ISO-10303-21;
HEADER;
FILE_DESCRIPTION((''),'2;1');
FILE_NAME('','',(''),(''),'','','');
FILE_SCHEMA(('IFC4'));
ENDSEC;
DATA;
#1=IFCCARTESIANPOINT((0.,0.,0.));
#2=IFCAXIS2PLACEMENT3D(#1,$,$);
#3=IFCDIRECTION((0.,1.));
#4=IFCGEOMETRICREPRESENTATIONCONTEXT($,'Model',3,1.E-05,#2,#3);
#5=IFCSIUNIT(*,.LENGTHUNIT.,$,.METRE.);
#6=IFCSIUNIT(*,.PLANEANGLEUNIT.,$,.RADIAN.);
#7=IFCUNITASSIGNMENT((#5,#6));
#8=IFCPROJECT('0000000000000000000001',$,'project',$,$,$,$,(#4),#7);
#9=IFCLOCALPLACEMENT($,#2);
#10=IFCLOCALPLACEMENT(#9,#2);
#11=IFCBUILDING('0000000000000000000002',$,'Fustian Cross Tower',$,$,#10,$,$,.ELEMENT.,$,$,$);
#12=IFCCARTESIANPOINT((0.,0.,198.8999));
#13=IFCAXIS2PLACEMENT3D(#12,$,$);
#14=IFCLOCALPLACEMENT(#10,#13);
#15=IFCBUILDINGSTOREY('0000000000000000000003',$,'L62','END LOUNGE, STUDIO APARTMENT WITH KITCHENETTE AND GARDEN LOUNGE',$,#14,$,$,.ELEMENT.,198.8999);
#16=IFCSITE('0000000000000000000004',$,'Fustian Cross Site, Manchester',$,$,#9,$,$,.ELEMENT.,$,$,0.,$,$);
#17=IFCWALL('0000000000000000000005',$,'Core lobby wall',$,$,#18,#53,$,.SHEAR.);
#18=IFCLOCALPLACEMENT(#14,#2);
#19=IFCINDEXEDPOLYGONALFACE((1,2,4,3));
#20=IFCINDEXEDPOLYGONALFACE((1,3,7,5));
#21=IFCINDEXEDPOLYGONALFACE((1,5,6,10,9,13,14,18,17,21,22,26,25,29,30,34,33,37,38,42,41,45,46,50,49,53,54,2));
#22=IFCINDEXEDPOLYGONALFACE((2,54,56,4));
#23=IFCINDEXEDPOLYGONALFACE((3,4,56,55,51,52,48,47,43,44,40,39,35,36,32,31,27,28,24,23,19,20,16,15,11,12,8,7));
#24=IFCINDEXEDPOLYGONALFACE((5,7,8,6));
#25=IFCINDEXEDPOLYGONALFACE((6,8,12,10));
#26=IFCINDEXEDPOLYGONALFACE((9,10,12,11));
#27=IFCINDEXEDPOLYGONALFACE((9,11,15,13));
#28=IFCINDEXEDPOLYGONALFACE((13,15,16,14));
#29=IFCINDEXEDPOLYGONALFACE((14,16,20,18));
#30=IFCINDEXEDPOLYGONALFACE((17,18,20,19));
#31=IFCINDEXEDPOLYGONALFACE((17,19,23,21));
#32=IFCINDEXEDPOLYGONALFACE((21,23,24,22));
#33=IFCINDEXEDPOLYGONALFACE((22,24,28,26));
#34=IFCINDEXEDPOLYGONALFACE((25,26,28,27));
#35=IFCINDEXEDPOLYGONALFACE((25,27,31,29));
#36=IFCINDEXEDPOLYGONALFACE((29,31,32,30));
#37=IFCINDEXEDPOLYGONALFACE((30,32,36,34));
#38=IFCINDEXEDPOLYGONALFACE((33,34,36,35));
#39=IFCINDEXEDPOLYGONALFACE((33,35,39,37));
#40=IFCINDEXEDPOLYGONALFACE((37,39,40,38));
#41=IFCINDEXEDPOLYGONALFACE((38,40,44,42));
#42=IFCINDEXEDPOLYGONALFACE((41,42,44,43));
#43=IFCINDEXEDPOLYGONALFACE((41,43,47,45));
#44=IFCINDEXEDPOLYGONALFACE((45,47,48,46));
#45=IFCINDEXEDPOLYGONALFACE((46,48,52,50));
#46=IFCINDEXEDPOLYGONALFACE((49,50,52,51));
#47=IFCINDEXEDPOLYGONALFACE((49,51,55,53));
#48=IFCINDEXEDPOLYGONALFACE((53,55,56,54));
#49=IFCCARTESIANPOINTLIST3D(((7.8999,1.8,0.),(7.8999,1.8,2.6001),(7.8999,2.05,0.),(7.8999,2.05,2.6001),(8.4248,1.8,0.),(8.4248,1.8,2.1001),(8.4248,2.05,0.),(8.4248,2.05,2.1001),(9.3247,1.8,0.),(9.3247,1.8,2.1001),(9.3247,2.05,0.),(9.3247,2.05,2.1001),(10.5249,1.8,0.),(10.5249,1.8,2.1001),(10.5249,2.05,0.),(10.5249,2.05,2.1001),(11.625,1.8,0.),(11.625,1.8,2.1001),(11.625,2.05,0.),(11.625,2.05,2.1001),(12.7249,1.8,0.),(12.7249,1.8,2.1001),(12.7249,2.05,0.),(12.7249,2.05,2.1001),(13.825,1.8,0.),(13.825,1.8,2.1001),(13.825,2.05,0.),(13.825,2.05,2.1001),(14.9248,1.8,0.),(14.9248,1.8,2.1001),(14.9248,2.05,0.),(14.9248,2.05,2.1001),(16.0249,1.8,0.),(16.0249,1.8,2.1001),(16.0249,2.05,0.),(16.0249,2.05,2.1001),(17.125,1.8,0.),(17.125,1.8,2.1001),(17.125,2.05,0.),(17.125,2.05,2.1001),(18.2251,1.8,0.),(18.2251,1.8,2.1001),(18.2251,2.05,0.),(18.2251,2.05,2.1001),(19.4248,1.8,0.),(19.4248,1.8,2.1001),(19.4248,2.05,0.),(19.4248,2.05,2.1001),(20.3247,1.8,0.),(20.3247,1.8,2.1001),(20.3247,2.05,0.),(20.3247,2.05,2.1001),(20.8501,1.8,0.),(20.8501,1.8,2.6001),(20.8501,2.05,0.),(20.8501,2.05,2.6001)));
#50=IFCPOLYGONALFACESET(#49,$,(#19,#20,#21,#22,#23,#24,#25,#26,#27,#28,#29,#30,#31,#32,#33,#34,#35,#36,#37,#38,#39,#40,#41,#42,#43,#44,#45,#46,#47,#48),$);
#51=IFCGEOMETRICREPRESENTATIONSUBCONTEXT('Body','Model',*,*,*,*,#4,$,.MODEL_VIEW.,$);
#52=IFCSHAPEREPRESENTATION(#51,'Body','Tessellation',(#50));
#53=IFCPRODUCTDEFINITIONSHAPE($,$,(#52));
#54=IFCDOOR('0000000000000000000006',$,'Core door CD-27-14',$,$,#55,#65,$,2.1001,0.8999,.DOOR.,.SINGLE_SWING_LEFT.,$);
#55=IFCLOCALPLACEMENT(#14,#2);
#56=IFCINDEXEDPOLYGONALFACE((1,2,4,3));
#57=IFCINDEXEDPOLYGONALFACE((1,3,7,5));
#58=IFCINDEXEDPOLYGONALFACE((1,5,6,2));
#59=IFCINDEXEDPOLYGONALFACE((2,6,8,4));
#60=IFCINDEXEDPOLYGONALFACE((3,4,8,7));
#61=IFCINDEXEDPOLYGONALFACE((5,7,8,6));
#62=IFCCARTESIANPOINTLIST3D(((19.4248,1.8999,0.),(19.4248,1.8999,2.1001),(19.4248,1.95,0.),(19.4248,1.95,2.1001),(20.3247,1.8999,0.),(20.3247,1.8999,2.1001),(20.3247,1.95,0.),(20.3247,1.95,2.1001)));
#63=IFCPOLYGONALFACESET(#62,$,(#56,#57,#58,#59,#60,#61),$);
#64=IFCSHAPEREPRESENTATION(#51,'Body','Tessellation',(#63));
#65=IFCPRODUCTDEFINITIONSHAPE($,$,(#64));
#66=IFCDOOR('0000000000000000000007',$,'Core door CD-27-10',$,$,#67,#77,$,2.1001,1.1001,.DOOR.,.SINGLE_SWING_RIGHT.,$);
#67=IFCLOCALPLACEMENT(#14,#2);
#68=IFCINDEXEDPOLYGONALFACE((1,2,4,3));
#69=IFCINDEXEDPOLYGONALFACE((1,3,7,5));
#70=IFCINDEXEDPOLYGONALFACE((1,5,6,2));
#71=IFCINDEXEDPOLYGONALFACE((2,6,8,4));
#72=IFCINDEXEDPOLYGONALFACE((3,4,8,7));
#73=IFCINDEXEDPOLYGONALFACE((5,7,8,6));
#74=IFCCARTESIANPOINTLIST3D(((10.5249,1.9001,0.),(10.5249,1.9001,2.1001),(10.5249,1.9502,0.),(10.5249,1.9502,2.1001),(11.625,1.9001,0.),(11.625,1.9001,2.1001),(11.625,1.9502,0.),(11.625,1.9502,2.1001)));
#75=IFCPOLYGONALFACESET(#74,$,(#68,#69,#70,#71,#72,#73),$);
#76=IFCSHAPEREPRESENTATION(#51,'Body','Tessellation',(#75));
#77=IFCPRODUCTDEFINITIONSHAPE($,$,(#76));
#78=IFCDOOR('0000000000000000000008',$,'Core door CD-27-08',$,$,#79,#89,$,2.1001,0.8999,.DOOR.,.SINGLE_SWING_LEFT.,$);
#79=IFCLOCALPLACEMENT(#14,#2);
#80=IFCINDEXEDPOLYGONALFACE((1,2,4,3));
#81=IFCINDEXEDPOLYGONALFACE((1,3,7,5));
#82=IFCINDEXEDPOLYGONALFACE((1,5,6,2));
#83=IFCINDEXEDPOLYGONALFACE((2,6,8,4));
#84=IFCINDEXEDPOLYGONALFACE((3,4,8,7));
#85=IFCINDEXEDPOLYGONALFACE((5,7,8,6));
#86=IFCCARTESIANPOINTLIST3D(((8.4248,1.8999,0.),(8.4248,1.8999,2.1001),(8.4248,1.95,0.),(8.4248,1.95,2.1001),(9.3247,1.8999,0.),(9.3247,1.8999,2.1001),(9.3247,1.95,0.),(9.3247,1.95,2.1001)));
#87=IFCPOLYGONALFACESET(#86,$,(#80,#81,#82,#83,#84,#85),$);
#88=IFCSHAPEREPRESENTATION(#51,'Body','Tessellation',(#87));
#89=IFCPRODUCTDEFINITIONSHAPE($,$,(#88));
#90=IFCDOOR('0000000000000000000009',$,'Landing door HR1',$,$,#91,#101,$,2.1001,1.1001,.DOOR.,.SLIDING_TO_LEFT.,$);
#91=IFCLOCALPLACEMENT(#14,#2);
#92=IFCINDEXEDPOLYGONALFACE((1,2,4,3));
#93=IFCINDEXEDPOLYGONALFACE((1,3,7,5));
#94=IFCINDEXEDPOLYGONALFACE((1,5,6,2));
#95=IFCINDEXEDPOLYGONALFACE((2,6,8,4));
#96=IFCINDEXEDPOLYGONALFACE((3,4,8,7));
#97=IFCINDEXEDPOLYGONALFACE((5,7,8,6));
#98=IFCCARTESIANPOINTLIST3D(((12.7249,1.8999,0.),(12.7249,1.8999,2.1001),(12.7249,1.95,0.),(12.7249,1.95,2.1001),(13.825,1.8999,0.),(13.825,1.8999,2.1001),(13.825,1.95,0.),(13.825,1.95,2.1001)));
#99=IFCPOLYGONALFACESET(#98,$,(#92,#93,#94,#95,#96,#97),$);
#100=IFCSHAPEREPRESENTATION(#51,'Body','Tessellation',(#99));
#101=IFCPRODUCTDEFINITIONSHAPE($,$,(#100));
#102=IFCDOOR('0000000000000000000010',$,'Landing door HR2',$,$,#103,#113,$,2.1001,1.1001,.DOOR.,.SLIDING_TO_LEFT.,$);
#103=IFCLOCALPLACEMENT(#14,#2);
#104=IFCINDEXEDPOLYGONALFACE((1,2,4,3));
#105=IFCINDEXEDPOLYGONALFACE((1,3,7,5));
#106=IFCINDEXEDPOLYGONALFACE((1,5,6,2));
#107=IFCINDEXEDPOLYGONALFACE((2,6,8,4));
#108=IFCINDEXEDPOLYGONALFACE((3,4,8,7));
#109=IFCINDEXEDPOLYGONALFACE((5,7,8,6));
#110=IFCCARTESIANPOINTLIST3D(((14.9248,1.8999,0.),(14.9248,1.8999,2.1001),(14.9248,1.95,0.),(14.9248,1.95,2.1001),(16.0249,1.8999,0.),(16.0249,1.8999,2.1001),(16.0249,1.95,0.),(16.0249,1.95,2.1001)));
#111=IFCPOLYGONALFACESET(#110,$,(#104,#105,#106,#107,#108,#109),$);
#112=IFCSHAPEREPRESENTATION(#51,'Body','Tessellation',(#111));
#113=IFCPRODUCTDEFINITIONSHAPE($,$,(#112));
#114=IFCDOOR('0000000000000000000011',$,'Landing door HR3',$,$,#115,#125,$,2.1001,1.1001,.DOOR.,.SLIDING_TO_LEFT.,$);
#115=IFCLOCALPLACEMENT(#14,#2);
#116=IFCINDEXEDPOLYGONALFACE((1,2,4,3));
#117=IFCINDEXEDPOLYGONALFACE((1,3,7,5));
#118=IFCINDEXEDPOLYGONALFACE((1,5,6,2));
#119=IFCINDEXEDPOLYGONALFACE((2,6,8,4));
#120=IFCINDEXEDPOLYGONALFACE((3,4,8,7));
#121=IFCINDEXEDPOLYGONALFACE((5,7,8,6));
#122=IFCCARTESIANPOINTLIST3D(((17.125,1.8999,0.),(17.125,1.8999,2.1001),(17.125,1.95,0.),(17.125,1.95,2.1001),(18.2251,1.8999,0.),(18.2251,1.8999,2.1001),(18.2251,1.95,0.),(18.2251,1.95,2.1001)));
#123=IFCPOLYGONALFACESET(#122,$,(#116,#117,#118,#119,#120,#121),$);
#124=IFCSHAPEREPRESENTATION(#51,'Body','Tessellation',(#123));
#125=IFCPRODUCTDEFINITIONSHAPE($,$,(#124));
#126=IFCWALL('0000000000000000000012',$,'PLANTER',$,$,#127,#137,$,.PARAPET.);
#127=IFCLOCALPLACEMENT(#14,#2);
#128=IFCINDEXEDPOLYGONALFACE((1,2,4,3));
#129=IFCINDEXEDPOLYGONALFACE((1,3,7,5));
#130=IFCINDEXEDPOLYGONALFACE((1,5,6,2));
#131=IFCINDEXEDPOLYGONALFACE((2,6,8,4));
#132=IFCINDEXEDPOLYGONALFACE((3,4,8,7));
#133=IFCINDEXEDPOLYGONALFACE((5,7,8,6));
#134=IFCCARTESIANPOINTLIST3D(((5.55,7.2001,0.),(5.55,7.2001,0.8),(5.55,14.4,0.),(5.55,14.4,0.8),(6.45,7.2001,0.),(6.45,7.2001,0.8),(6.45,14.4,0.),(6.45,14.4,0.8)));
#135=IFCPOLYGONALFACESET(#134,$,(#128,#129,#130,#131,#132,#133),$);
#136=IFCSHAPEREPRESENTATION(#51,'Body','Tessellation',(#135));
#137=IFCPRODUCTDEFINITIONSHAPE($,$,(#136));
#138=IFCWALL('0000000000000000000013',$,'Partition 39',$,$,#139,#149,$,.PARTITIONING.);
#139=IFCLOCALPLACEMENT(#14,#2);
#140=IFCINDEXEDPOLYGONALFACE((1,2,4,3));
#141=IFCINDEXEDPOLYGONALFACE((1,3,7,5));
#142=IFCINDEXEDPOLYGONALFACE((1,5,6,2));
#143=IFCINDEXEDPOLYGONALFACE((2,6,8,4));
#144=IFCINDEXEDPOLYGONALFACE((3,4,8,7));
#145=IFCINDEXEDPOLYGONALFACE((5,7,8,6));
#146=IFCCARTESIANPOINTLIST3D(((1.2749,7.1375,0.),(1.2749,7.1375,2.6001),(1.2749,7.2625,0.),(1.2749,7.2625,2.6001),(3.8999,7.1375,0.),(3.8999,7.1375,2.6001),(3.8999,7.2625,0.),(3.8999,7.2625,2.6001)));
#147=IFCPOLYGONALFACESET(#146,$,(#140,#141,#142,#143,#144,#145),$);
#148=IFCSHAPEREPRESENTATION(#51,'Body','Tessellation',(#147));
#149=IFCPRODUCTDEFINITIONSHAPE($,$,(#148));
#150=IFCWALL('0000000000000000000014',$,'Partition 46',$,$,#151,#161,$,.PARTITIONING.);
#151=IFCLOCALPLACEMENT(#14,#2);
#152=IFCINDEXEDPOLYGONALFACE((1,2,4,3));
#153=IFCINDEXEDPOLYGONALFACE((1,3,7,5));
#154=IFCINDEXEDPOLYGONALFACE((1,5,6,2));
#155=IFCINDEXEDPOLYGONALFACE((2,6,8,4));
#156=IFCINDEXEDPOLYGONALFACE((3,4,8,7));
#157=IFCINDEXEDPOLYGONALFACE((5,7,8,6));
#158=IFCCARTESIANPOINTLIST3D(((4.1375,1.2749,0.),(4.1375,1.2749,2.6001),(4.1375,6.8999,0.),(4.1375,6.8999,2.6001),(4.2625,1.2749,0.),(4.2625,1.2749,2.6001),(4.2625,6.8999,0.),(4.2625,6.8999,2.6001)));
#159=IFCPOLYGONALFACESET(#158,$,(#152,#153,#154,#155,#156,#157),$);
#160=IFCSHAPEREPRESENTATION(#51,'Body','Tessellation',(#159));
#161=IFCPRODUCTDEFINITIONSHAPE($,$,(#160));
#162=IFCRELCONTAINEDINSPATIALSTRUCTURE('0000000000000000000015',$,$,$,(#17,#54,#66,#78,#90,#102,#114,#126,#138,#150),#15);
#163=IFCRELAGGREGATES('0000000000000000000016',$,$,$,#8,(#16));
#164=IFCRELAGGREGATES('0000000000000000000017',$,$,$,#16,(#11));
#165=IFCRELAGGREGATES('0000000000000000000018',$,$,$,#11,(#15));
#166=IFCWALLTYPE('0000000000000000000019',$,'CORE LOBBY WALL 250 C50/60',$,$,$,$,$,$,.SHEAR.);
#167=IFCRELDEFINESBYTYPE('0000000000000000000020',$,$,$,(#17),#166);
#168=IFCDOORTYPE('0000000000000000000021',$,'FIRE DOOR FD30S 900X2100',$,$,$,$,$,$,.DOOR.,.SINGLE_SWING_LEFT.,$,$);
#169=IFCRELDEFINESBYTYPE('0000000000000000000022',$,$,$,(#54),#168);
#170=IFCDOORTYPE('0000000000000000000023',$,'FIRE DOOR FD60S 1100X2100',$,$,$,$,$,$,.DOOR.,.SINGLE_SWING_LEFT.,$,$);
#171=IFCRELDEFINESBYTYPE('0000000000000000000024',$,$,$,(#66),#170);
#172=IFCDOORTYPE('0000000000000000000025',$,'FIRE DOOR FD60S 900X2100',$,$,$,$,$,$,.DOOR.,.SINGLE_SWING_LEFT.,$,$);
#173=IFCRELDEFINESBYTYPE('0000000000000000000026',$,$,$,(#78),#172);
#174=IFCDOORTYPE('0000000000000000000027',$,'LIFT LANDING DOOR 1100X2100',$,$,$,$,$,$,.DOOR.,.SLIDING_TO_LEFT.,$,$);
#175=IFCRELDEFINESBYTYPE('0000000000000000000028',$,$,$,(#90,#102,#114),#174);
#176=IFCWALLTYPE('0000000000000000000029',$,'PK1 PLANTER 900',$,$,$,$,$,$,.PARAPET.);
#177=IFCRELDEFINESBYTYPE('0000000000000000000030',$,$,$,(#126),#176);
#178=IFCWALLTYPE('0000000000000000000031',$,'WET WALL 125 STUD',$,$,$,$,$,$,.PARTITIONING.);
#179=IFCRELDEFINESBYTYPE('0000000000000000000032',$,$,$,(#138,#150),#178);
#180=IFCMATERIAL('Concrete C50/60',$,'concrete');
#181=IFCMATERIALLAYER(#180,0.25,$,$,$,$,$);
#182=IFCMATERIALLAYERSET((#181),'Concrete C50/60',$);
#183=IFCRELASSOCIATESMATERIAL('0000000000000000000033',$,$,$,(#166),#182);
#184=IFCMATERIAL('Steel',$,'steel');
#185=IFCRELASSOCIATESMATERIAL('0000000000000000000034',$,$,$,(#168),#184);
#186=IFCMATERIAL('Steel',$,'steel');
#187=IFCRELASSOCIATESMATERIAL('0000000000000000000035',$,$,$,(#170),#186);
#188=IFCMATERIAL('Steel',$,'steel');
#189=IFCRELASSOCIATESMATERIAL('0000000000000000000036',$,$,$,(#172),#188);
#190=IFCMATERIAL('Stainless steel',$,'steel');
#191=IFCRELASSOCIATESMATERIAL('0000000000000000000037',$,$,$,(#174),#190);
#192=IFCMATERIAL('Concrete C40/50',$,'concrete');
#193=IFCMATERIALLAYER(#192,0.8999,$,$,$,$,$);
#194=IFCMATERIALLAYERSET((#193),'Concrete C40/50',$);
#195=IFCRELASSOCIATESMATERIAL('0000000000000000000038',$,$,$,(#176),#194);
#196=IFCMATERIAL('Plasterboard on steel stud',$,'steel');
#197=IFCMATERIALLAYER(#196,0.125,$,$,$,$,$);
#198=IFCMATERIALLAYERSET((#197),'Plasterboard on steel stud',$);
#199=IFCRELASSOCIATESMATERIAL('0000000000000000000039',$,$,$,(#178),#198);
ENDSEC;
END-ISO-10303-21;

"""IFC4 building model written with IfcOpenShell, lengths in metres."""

from ifc_helpers import new_model, si_unit, direction, frame, frame_2d, origin, place, context, subcontext, project, spatial, rectangle, extrude, material, layer, layer_set, type_object, element, fill, save


model = new_model("IFC4")

# Units and contexts
model_context = context("Model", 3, precision=1e-05, world=origin(), true_north=direction((0.0, 1.0)))
body_context = subcontext(model_context, "Body", "Model", "MODEL_VIEW")
ifc_project = project(units=[si_unit("LENGTHUNIT", "METRE"), si_unit("PLANEANGLEUNIT", "RADIAN")], contexts=[model_context])

# Site, building, storey
site_placement = place(None, origin())
site = spatial("IfcSite", under=ifc_project, at=site_placement, Name="Fustian Cross Site, Manchester", CompositionType="ELEMENT", RefElevation=0.0)
building_placement = place(site_placement, origin())
building = spatial("IfcBuilding", under=site, at=building_placement, Name="Fustian Cross Tower", CompositionType="ELEMENT")
storey_placement = place(building_placement, frame((0.0, 0.0, 198.8999)))
storey = spatial("IfcBuildingStorey", under=building, at=storey_placement, Name="L62", Description="END LOUNGE, STUDIO APARTMENT WITH KITCHENETTE AND GARDEN LOUNGE", CompositionType="ELEMENT", Elevation=198.8999)

# Wall, openings, doors
ifc_material_1 = material(Name="Concrete C50/60", Category="concrete")
ifc_layer_1 = layer(ifc_material_1, 0.25)
ifc_layer_set_1 = layer_set([ifc_layer_1], Name="Concrete C50/60")
wall_type_1 = type_object("IfcWallType", Name="CORE LOBBY WALL 250 C50/60", PredefinedType="SHEAR", material=ifc_layer_set_1)
wall_1_placement = place(storey_placement, frame((7.8999, 1.925, 0.0), z_axis=(0.0, 0.0, 1.0), x_axis=(1.0, 0.0, 0.0)))
wall_1 = element("IfcWall", 1, at=wall_1_placement, inside=storey, type_object=wall_type_1, Name="Core lobby wall", PredefinedType="SHEAR", context=body_context, shape_type="SweptSolid", body=[
    extrude(rectangle(XDim=12.9502, YDim=0.25, at=frame_2d((6.4751, 0.0))), origin(), (0.0, 0.0, 1.0), 2.6001),
])
opening_1_placement = place(wall_1_placement, frame((4.825, 0.0, 0.0)))
opening_1 = element("IfcOpeningElement", 2, at=opening_1_placement, cuts=wall_1, PredefinedType="OPENING", context=body_context, shape_type="SweptSolid", body=[
    extrude(rectangle(XDim=1.1001, YDim=2.1001, at=frame_2d((0.55, 1.05))), frame((0.0, 0.135, 0.0), z_axis=(0.0, -1.0, 0.0), x_axis=(1.0, 0.0, 0.0)), (0.0, 0.0, 1.0), 0.27),
])
opening_2_placement = place(wall_1_placement, frame((7.0249, 0.0, 0.0)))
opening_2 = element("IfcOpeningElement", 3, at=opening_2_placement, cuts=wall_1, PredefinedType="OPENING", context=body_context, shape_type="SweptSolid", body=[
    extrude(rectangle(XDim=1.1001, YDim=2.1001, at=frame_2d((0.55, 1.05))), frame((0.0, 0.135, 0.0), z_axis=(0.0, -1.0, 0.0), x_axis=(1.0, 0.0, 0.0)), (0.0, 0.0, 1.0), 0.27),
])
opening_3_placement = place(wall_1_placement, frame((9.2251, 0.0, 0.0)))
opening_3 = element("IfcOpeningElement", 4, at=opening_3_placement, cuts=wall_1, PredefinedType="OPENING", context=body_context, shape_type="SweptSolid", body=[
    extrude(rectangle(XDim=1.1001, YDim=2.1001, at=frame_2d((0.55, 1.05))), frame((0.0, 0.135, 0.0), z_axis=(0.0, -1.0, 0.0), x_axis=(1.0, 0.0, 0.0)), (0.0, 0.0, 1.0), 0.27),
])
opening_4_placement = place(wall_1_placement, frame((0.5249, 0.0, 0.0)))
opening_4 = element("IfcOpeningElement", 5, at=opening_4_placement, cuts=wall_1, PredefinedType="OPENING", context=body_context, shape_type="SweptSolid", body=[
    extrude(rectangle(XDim=0.8999, YDim=2.1001, at=frame_2d((0.45, 1.05))), frame((0.0, 0.135, 0.0), z_axis=(0.0, -1.0, 0.0), x_axis=(1.0, 0.0, 0.0)), (0.0, 0.0, 1.0), 0.27),
])
opening_5_placement = place(wall_1_placement, frame((2.625, 0.0, 0.0)))
opening_5 = element("IfcOpeningElement", 6, at=opening_5_placement, cuts=wall_1, PredefinedType="OPENING", context=body_context, shape_type="SweptSolid", body=[
    extrude(rectangle(XDim=1.1001, YDim=2.1001, at=frame_2d((0.55, 1.05))), frame((0.0, 0.135, 0.0), z_axis=(0.0, -1.0, 0.0), x_axis=(1.0, 0.0, 0.0)), (0.0, 0.0, 1.0), 0.27),
])
opening_6_placement = place(wall_1_placement, frame((11.5249, 0.0, 0.0)))
opening_6 = element("IfcOpeningElement", 7, at=opening_6_placement, cuts=wall_1, PredefinedType="OPENING", context=body_context, shape_type="SweptSolid", body=[
    extrude(rectangle(XDim=0.8999, YDim=2.1001, at=frame_2d((0.45, 1.05))), frame((0.0, 0.135, 0.0), z_axis=(0.0, -1.0, 0.0), x_axis=(1.0, 0.0, 0.0)), (0.0, 0.0, 1.0), 0.27),
])
ifc_material_2 = material(Name="Steel", Category="steel")
door_type_1 = type_object("IfcDoorType", Name="FIRE DOOR FD30S 900X2100", OperationType="SINGLE_SWING_LEFT", PredefinedType="DOOR", material=ifc_material_2)
door_1_placement = place(opening_6_placement, origin())
door_1 = element("IfcDoor", 8, at=door_1_placement, inside=storey, type_object=door_type_1, Name="Core door CD-27-14", OperationType="SINGLE_SWING_LEFT", OverallHeight=2.1001, OverallWidth=0.8999, PredefinedType="DOOR", context=body_context, shape_type="SweptSolid", body=[
    extrude(rectangle(XDim=0.8999, YDim=2.1001, at=frame_2d((0.45, 1.05))), frame((0.0, 0.0249, 0.0), z_axis=(0.0, -1.0, 0.0), x_axis=(1.0, 0.0, 0.0)), (0.0, 0.0, 1.0), 0.05),
])
fill(opening_6, door_1)
ifc_material_3 = material(Name="Steel", Category="steel")
door_type_2 = type_object("IfcDoorType", Name="FIRE DOOR FD60S 1100X2100", OperationType="SINGLE_SWING_LEFT", PredefinedType="DOOR", material=ifc_material_3)
door_2_placement = place(opening_5_placement, frame((1.1001, 0.0, 0.0), z_axis=(0.0, 0.0, 1.0), x_axis=(-1.0, 0.0, 0.0)))
door_2 = element("IfcDoor", 9, at=door_2_placement, inside=storey, type_object=door_type_2, Name="Core door CD-27-10", OperationType="SINGLE_SWING_RIGHT", OverallHeight=2.1001, OverallWidth=1.1001, PredefinedType="DOOR", context=body_context, shape_type="SweptSolid", body=[
    extrude(rectangle(XDim=1.1001, YDim=2.1001, at=frame_2d((0.55, 1.05))), frame((0.0, 0.0249, 0.0), z_axis=(0.0, -1.0, 0.0), x_axis=(1.0, 0.0, 0.0)), (0.0, 0.0, 1.0), 0.05),
])
fill(opening_5, door_2)
ifc_material_4 = material(Name="Steel", Category="steel")
door_type_3 = type_object("IfcDoorType", Name="FIRE DOOR FD60S 900X2100", OperationType="SINGLE_SWING_LEFT", PredefinedType="DOOR", material=ifc_material_4)
door_3_placement = place(opening_4_placement, origin())
door_3 = element("IfcDoor", 10, at=door_3_placement, inside=storey, type_object=door_type_3, Name="Core door CD-27-08", OperationType="SINGLE_SWING_LEFT", OverallHeight=2.1001, OverallWidth=0.8999, PredefinedType="DOOR", context=body_context, shape_type="SweptSolid", body=[
    extrude(rectangle(XDim=0.8999, YDim=2.1001, at=frame_2d((0.45, 1.05))), frame((0.0, 0.0249, 0.0), z_axis=(0.0, -1.0, 0.0), x_axis=(1.0, 0.0, 0.0)), (0.0, 0.0, 1.0), 0.05),
])
fill(opening_4, door_3)
ifc_material_5 = material(Name="Stainless steel", Category="steel")
door_type_4 = type_object("IfcDoorType", Name="LIFT LANDING DOOR 1100X2100", OperationType="SLIDING_TO_LEFT", PredefinedType="DOOR", material=ifc_material_5)
door_4_placement = place(opening_1_placement, origin())
door_4 = element("IfcDoor", 11, at=door_4_placement, inside=storey, type_object=door_type_4, Name="Landing door HR1", OperationType="SLIDING_TO_LEFT", OverallHeight=2.1001, OverallWidth=1.1001, PredefinedType="DOOR", context=body_context, shape_type="SweptSolid", body=[
    extrude(rectangle(XDim=1.1001, YDim=2.1001, at=frame_2d((0.55, 1.05))), frame((0.0, 0.0249, 0.0), z_axis=(0.0, -1.0, 0.0), x_axis=(1.0, 0.0, 0.0)), (0.0, 0.0, 1.0), 0.05),
])
fill(opening_1, door_4)
door_5_placement = place(opening_2_placement, origin())
door_5 = element("IfcDoor", 12, at=door_5_placement, inside=storey, type_object=door_type_4, Name="Landing door HR2", OperationType="SLIDING_TO_LEFT", OverallHeight=2.1001, OverallWidth=1.1001, PredefinedType="DOOR", context=body_context, shape_type="SweptSolid", body=[
    extrude(rectangle(XDim=1.1001, YDim=2.1001, at=frame_2d((0.55, 1.05))), frame((0.0, 0.0249, 0.0), z_axis=(0.0, -1.0, 0.0), x_axis=(1.0, 0.0, 0.0)), (0.0, 0.0, 1.0), 0.05),
])
fill(opening_2, door_5)
door_6_placement = place(opening_3_placement, origin())
door_6 = element("IfcDoor", 13, at=door_6_placement, inside=storey, type_object=door_type_4, Name="Landing door HR3", OperationType="SLIDING_TO_LEFT", OverallHeight=2.1001, OverallWidth=1.1001, PredefinedType="DOOR", context=body_context, shape_type="SweptSolid", body=[
    extrude(rectangle(XDim=1.1001, YDim=2.1001, at=frame_2d((0.55, 1.05))), frame((0.0, 0.0249, 0.0), z_axis=(0.0, -1.0, 0.0), x_axis=(1.0, 0.0, 0.0)), (0.0, 0.0, 1.0), 0.05),
])
fill(opening_3, door_6)

# Walls
ifc_material_6 = material(Name="Concrete C40/50", Category="concrete")
ifc_layer_2 = layer(ifc_material_6, 0.8999)
ifc_layer_set_2 = layer_set([ifc_layer_2], Name="Concrete C40/50")
wall_type_2 = type_object("IfcWallType", Name="PK1 PLANTER 900", PredefinedType="PARAPET", material=ifc_layer_set_2)
wall_2_placement = place(storey_placement, frame((6.0, 7.2, 0.0), z_axis=(0.0, 0.0, 1.0), x_axis=(0.0, 1.0, 0.0)))
element("IfcWall", 14, at=wall_2_placement, inside=storey, type_object=wall_type_2, Name="PLANTER", PredefinedType="PARAPET", context=body_context, shape_type="SweptSolid", body=[
    extrude(rectangle(XDim=7.2, YDim=0.8999, at=frame_2d((3.6001, 0.0))), origin(), (0.0, 0.0, 1.0), 0.8),
])
ifc_material_7 = material(Name="Plasterboard on steel stud", Category="steel")
ifc_layer_3 = layer(ifc_material_7, 0.125)
ifc_layer_set_3 = layer_set([ifc_layer_3], Name="Plasterboard on steel stud")
wall_type_3 = type_object("IfcWallType", Name="WET WALL 125 STUD", PredefinedType="PARTITIONING", material=ifc_layer_set_3)
wall_3_placement = place(storey_placement, frame((1.2749, 7.2, 0.0), z_axis=(0.0, 0.0, 1.0), x_axis=(1.0, 0.0, 0.0)))
element("IfcWall", 15, at=wall_3_placement, inside=storey, type_object=wall_type_3, Name="Partition 39", PredefinedType="PARTITIONING", context=body_context, shape_type="SweptSolid", body=[
    extrude(rectangle(XDim=2.625, YDim=0.125, at=frame_2d((1.3125, 0.0))), origin(), (0.0, 0.0, 1.0), 2.6001),
])
wall_4_placement = place(storey_placement, frame((4.2, 1.2749, 0.0), z_axis=(0.0, 0.0, 1.0), x_axis=(0.0, 1.0, 0.0)))
element("IfcWall", 16, at=wall_4_placement, inside=storey, type_object=wall_type_3, Name="Partition 46", PredefinedType="PARTITIONING", context=body_context, shape_type="SweptSolid", body=[
    extrude(rectangle(XDim=5.625, YDim=0.125, at=frame_2d((2.8125, 0.0))), origin(), (0.0, 0.0, 1.0), 2.6001),
])

save(model, "model.ifc")
